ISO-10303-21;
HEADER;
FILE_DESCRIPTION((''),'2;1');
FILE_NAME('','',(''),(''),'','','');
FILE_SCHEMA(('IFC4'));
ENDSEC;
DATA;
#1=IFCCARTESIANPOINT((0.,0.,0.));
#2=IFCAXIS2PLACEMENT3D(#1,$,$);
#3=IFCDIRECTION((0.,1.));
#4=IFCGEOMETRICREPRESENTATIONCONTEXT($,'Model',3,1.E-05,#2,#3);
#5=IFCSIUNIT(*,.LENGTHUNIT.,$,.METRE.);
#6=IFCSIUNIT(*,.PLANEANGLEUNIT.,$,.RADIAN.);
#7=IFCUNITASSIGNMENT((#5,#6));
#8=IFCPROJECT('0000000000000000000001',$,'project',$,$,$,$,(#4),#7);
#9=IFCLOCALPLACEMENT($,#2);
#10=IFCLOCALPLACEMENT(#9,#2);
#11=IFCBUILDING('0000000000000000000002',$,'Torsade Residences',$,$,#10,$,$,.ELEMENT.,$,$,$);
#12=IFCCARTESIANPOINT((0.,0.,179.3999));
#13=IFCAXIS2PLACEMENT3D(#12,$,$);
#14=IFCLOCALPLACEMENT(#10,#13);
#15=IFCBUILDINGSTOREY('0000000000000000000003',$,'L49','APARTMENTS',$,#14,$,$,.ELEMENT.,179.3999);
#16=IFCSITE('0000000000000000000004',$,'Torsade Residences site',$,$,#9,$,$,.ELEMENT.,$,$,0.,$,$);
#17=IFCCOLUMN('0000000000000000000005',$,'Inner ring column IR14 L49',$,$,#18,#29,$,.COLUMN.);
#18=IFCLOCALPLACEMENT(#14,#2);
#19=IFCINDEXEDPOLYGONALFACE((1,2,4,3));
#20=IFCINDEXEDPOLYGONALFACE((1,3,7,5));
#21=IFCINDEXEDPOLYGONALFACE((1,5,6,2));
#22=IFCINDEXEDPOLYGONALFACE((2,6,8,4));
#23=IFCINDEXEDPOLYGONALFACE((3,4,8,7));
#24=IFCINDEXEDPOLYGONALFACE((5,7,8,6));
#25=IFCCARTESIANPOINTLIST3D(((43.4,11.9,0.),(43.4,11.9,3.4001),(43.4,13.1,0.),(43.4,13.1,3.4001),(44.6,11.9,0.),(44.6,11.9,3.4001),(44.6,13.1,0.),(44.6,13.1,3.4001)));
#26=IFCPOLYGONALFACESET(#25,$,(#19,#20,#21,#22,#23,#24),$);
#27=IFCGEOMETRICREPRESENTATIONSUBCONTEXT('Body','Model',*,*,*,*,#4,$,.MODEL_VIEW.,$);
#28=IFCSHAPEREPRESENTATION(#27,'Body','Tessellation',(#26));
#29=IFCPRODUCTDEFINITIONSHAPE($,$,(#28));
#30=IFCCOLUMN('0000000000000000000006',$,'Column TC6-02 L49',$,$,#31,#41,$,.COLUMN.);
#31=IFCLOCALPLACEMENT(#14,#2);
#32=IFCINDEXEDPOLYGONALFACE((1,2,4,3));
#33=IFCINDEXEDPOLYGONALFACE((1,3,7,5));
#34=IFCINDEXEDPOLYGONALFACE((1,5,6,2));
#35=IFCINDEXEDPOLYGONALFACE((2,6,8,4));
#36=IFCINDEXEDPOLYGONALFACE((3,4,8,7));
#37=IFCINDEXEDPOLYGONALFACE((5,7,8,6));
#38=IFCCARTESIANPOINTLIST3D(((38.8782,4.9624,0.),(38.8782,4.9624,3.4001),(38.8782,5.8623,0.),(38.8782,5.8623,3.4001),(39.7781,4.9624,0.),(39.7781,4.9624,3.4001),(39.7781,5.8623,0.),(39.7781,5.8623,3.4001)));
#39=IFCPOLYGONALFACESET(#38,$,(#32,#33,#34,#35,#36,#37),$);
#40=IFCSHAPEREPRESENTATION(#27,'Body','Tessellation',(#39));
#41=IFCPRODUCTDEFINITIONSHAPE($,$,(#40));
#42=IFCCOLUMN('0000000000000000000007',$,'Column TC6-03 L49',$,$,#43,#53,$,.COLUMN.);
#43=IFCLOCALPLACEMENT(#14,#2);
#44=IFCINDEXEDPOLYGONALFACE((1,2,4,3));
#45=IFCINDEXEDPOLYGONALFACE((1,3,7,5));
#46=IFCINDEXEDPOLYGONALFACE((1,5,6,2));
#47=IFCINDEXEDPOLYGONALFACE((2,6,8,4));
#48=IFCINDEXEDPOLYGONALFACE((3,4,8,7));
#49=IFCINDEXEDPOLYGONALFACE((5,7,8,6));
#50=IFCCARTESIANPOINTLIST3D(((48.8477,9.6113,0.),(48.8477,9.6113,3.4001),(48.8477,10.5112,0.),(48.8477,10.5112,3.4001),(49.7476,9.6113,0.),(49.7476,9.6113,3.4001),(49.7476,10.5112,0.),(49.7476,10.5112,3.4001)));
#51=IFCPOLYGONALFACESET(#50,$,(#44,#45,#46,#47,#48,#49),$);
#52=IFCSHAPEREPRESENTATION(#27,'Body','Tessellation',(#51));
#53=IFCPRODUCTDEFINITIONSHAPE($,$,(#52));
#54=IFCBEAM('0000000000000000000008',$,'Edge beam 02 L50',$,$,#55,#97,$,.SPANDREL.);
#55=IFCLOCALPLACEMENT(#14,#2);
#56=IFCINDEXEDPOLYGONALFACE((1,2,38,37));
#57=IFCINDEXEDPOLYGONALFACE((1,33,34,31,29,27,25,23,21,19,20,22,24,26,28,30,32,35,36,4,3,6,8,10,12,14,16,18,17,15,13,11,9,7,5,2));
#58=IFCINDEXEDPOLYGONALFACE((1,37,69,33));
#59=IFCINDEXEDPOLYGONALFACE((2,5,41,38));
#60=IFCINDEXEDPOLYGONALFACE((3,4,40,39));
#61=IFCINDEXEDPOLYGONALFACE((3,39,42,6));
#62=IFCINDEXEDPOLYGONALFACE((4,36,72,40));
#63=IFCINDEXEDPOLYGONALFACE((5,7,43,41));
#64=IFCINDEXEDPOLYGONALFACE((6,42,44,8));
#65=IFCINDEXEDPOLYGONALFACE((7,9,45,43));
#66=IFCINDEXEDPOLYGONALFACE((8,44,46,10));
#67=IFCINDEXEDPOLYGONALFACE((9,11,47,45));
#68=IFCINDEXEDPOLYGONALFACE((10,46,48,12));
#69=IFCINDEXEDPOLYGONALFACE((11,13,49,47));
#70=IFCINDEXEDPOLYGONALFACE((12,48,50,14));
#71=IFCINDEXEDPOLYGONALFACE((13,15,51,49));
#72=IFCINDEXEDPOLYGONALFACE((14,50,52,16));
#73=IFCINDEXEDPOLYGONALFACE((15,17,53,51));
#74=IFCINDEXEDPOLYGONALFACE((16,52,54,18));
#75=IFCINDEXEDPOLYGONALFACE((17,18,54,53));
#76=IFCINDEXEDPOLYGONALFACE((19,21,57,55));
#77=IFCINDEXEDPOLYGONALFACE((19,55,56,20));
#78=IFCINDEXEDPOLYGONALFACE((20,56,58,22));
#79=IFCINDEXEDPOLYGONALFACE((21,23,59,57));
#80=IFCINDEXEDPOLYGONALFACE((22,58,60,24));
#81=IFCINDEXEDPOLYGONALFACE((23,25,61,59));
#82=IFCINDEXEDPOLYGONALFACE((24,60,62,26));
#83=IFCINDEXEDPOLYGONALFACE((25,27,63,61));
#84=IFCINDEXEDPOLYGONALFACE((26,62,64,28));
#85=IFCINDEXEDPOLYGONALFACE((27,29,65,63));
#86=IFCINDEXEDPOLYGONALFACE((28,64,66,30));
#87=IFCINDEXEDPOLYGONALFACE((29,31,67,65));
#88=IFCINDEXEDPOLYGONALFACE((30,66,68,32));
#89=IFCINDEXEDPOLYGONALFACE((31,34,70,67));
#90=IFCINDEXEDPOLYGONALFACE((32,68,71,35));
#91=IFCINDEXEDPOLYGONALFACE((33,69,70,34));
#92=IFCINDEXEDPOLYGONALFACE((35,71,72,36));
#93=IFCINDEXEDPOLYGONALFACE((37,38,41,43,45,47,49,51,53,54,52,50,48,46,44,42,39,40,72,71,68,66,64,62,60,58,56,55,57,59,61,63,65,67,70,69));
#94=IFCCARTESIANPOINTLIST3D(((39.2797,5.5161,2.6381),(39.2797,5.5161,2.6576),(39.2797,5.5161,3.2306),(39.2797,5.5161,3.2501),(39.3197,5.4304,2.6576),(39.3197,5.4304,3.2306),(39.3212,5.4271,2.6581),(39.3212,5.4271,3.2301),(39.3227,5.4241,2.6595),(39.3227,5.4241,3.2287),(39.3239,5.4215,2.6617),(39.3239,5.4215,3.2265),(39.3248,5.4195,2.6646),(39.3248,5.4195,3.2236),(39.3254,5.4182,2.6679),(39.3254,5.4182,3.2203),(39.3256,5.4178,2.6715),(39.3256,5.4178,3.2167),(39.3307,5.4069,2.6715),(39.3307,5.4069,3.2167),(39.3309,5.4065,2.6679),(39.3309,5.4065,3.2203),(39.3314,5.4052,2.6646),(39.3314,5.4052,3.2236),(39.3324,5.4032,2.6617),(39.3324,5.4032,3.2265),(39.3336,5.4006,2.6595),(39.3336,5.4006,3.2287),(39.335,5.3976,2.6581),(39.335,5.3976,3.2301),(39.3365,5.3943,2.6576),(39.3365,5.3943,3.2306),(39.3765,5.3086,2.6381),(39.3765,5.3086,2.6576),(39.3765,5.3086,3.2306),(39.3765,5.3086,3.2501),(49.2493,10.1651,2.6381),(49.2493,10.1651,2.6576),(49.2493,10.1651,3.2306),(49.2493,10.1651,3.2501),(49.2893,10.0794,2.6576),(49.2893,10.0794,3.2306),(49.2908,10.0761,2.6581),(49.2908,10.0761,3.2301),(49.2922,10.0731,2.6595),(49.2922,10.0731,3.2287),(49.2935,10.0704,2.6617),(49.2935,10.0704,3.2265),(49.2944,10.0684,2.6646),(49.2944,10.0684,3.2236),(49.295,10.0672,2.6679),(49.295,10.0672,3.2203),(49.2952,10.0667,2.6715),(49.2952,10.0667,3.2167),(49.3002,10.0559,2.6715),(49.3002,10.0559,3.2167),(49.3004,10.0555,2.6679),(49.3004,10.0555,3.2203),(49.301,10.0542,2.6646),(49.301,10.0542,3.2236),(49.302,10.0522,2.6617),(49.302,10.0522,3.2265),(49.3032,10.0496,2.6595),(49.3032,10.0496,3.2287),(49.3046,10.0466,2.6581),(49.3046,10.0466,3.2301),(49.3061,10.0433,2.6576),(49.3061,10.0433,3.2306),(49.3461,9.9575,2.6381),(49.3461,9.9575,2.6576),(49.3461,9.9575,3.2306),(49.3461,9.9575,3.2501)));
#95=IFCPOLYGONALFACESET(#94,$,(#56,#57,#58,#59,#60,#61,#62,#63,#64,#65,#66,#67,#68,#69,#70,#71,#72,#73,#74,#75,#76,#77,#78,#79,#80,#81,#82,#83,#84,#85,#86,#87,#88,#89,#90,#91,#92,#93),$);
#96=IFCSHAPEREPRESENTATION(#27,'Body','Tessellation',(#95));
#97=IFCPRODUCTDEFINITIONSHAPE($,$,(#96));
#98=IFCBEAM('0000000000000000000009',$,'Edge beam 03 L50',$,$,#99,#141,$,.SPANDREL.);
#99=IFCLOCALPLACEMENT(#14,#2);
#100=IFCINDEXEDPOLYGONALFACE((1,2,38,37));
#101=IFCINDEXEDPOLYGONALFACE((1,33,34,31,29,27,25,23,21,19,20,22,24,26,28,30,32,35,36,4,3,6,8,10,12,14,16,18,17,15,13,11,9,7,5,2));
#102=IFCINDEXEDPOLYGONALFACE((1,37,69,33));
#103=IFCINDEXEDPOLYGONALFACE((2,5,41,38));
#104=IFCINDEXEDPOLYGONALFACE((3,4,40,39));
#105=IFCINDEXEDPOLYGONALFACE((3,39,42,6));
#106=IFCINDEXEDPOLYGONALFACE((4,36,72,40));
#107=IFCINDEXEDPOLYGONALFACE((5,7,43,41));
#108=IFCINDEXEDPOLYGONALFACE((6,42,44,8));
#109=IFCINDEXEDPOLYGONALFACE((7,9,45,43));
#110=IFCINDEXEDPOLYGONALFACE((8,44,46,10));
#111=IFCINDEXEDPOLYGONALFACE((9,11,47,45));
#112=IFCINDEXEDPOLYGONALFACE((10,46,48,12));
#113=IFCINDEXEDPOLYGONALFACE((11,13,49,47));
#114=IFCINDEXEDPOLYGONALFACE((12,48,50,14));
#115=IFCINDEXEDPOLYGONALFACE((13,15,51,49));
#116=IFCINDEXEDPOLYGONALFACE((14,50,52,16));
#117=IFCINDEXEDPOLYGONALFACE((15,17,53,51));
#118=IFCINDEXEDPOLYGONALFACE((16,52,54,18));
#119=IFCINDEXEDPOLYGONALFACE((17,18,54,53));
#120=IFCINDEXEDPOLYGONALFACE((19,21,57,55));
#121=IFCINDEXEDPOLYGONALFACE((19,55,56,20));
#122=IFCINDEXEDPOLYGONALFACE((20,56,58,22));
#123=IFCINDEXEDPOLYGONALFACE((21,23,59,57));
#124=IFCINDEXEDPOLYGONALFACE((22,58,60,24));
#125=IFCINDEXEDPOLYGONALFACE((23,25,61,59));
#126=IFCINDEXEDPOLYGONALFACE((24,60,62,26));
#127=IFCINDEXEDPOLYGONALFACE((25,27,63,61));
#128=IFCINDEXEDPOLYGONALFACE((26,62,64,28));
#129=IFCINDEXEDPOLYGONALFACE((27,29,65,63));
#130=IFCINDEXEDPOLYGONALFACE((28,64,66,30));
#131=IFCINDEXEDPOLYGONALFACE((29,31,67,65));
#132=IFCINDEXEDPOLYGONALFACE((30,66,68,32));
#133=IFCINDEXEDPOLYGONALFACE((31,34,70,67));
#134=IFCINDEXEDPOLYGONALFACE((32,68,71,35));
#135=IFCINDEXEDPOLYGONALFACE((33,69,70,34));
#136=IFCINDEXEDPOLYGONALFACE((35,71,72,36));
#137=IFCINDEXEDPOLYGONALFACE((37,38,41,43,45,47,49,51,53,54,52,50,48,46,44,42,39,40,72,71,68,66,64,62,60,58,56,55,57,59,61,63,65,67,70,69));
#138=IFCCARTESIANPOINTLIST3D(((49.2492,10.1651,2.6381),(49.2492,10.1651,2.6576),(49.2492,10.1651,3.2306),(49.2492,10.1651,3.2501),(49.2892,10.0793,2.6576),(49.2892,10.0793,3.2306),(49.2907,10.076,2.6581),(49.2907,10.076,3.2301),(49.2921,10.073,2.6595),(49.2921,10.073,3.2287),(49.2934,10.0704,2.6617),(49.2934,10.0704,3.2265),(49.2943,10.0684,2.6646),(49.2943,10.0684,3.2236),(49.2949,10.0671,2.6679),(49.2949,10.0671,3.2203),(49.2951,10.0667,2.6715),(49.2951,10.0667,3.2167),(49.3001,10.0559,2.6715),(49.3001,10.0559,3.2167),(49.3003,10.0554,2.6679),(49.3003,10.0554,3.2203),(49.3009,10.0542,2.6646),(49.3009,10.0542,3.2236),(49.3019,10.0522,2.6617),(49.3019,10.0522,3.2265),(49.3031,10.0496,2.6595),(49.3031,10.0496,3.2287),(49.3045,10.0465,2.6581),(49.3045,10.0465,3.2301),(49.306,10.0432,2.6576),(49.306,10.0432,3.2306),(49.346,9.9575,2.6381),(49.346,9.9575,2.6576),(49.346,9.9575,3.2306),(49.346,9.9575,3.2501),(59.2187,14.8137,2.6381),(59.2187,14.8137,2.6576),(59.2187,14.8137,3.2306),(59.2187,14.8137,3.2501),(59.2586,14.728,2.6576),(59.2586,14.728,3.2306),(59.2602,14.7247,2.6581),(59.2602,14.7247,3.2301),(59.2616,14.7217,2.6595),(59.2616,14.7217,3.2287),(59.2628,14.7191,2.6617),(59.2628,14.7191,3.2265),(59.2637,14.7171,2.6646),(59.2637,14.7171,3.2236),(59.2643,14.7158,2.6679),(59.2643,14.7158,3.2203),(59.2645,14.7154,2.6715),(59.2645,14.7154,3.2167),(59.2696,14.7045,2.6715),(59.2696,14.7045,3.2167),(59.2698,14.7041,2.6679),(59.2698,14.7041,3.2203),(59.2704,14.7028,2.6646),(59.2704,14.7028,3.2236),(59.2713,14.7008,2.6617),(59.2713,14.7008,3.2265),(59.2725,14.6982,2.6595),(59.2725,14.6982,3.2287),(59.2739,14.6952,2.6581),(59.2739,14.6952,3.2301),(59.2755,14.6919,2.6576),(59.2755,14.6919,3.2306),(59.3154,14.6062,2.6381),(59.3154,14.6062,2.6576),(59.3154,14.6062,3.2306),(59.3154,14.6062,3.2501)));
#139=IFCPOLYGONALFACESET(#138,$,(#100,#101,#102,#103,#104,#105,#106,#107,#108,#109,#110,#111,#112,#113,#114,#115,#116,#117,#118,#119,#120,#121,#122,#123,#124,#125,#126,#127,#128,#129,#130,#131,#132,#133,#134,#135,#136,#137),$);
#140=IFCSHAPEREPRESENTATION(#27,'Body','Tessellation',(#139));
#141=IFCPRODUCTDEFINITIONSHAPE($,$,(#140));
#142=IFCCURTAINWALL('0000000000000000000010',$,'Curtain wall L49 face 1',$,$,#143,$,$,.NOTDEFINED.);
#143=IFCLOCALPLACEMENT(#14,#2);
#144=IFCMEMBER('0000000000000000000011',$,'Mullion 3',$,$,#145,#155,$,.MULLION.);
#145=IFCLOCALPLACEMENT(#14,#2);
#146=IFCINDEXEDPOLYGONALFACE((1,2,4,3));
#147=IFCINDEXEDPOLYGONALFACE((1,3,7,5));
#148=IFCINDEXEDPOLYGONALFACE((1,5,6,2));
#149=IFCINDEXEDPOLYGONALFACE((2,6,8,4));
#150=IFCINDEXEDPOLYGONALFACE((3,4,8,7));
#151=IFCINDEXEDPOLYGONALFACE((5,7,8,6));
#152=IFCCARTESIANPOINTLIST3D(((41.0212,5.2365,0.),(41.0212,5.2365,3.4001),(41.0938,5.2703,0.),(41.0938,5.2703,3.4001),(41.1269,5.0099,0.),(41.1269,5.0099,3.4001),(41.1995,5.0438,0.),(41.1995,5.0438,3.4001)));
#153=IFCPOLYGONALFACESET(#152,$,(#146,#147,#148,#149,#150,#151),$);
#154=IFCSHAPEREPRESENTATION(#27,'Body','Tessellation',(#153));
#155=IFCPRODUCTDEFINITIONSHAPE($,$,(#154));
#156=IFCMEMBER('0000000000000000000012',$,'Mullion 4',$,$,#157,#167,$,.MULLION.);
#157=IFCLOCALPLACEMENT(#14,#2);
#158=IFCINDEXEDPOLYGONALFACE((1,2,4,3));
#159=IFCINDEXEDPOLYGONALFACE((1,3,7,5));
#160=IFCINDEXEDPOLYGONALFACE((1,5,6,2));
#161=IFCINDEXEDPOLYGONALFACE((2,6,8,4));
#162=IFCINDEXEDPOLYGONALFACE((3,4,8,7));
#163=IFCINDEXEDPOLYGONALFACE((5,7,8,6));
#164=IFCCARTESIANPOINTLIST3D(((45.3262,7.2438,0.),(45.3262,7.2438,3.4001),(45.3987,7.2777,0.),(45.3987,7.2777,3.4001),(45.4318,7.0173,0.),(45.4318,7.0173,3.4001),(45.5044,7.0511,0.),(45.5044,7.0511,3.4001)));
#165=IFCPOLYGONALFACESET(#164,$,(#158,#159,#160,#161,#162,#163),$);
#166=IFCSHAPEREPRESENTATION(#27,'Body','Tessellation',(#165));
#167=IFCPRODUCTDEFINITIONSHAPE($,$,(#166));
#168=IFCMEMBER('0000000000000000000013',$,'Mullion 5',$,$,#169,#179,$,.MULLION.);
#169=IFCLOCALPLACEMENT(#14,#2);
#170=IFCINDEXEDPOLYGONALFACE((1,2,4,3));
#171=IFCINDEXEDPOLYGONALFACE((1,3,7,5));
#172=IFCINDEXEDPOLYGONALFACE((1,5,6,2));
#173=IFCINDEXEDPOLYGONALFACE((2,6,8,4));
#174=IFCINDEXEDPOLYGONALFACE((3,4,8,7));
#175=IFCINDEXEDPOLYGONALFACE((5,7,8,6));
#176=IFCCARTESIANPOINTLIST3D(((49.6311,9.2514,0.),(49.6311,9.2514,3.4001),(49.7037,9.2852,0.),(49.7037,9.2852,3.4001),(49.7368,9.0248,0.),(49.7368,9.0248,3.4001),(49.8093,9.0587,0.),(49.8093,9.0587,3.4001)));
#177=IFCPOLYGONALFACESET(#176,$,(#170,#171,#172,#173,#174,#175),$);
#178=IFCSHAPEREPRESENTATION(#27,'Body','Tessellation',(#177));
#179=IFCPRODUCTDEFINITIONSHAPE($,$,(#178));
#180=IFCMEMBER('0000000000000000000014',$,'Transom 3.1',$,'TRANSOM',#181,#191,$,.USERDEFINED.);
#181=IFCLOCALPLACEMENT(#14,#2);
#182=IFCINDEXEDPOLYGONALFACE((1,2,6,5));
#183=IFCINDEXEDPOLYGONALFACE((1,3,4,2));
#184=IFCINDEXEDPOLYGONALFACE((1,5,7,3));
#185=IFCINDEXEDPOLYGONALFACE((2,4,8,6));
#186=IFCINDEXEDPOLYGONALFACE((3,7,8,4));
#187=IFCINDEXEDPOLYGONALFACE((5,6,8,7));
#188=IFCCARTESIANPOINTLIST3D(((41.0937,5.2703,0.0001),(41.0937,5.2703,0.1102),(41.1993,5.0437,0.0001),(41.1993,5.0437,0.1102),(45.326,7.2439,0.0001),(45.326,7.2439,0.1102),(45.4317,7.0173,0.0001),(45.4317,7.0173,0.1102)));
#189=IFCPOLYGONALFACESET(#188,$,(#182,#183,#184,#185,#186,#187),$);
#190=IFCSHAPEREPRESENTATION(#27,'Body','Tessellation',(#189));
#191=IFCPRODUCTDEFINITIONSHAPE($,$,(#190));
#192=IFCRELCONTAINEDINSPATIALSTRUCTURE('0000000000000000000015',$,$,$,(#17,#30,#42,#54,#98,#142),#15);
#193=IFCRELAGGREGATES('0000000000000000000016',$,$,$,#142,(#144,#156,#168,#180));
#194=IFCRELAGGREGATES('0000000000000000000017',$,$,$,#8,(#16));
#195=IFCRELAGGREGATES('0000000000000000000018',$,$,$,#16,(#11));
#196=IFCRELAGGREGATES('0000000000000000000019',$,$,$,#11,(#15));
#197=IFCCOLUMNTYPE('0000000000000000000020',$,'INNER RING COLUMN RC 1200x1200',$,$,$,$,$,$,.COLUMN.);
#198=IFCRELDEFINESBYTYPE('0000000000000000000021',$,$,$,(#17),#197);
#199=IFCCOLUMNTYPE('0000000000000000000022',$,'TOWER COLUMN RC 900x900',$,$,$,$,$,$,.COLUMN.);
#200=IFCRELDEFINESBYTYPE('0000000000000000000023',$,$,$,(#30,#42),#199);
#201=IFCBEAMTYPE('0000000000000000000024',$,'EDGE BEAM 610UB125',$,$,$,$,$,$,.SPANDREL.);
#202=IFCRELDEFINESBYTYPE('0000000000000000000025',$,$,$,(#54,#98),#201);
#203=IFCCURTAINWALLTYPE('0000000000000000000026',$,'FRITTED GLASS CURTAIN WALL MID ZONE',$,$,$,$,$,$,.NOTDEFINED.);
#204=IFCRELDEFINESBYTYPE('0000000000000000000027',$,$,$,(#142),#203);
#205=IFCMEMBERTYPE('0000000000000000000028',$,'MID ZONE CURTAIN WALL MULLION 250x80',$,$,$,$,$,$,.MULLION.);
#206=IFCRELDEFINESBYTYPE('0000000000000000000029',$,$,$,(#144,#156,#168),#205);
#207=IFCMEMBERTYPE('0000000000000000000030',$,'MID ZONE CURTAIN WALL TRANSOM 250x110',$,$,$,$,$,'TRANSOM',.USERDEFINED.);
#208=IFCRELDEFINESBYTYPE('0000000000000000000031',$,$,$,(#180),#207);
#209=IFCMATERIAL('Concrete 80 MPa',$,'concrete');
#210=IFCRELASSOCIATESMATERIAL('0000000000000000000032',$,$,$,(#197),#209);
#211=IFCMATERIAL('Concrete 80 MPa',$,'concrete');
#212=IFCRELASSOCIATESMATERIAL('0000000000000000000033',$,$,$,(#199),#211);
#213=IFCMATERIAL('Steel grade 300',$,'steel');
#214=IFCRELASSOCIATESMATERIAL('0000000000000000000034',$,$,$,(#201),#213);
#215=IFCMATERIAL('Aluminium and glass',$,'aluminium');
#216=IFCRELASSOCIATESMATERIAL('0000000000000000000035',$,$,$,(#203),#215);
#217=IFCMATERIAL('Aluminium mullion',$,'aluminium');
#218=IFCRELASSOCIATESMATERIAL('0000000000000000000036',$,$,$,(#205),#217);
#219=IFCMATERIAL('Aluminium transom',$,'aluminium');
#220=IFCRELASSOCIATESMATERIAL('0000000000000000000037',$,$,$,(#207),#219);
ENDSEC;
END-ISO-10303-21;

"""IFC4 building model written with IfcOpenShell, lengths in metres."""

from ifc_helpers import new_model, si_unit, direction, frame, origin, origin_2d, place, context, subcontext, project, spatial, rectangle, i_section, extrude, material, material_profile, profile_set, type_object, element, aggregate, save


model = new_model("IFC4")

# Units and contexts
model_context = context("Model", 3, precision=1e-05, world=origin(), true_north=direction((0.0, 1.0)))
body_context = subcontext(model_context, "Body", "Model", "MODEL_VIEW")
ifc_project = project(units=[si_unit("LENGTHUNIT", "METRE"), si_unit("PLANEANGLEUNIT", "RADIAN")], contexts=[model_context])

# Site, building, storey
site_placement = place(None, origin())
site = spatial("IfcSite", under=ifc_project, at=site_placement, Name="Torsade Residences site", CompositionType="ELEMENT", RefElevation=0.0)
building_placement = place(site_placement, origin())
building = spatial("IfcBuilding", under=site, at=building_placement, Name="Torsade Residences", CompositionType="ELEMENT")
storey_placement = place(building_placement, frame((0.0, 0.0, 179.3999)))
storey = spatial("IfcBuildingStorey", under=building, at=storey_placement, Name="L49", Description="APARTMENTS", CompositionType="ELEMENT", Elevation=179.3999)

# Columns
ifc_material_1 = material(Name="Concrete 80 MPa", Category="concrete")
ifc_material_profile_1 = material_profile(ifc_material_1, rectangle(XDim=1.2, YDim=1.2, at=origin_2d()), Name="RC 1200x1200")
ifc_profile_set_1 = profile_set([ifc_material_profile_1], Name="Concrete 80 MPa")
column_type_1 = type_object("IfcColumnType", Name="INNER RING COLUMN RC 1200x1200", PredefinedType="COLUMN", material=ifc_profile_set_1)
column_placement = place(storey_placement, frame((44.0, 12.5, 0.0), z_axis=(0.0, 0.0, 1.0), x_axis=(1.0, 0.0, 0.0)))
element("IfcColumn", 1, at=column_placement, inside=storey, type_object=column_type_1, Name="Inner ring column IR14 L49", PredefinedType="COLUMN", context=body_context, shape_type="SweptSolid", body=[
    extrude(rectangle(XDim=1.2, YDim=1.2, at=origin_2d()), origin(), (0.0, 0.0, 1.0), 3.4001),
])
ifc_material_2 = material(Name="Concrete 80 MPa", Category="concrete")
ifc_material_profile_2 = material_profile(ifc_material_2, rectangle(XDim=0.8999, YDim=0.8999, at=origin_2d()), Name="RC 900x900")
ifc_profile_set_2 = profile_set([ifc_material_profile_2], Name="Concrete 80 MPa")
column_type_2 = type_object("IfcColumnType", Name="TOWER COLUMN RC 900x900", PredefinedType="COLUMN", material=ifc_profile_set_2)
for number, where, z_axis, x_axis, name in (
    (2, (39.3281, 5.4124, 0.0), (0.0, 0.0, 1.0), (1.0, 0.0, 0.0), "Column TC6-02 L49"),
    (3, (49.2976, 10.0613, 0.0), (0.0, 0.0, 1.0), (1.0, 0.0, 0.0), "Column TC6-03 L49"),
):
    element("IfcColumn", number, at=place(storey_placement, frame(where, z_axis=z_axis, x_axis=x_axis)), inside=storey, type_object=column_type_2, Name=name, PredefinedType="COLUMN", context=body_context, shape_type="SweptSolid", body=[
        extrude(rectangle(XDim=0.8999, YDim=0.8999, at=origin_2d()), origin(), (0.0, 0.0, 1.0), 3.4001),
    ])

# Beams
ifc_material_3 = material(Name="Steel grade 300", Category="steel")
ifc_material_profile_3 = material_profile(ifc_material_3, i_section(OverallWidth=0.229, OverallDepth=0.6121, WebThickness=0.012, FlangeThickness=0.0195, FilletRadius=0.0139, at=origin_2d()), Name="610UB125")
ifc_profile_set_3 = profile_set([ifc_material_profile_3], Name="Steel grade 300")
beam_type_1 = type_object("IfcBeamType", Name="EDGE BEAM 610UB125", PredefinedType="SPANDREL", material=ifc_profile_set_3)
beam_1_placement = place(storey_placement, frame((39.3281, 5.4124, 2.9441), z_axis=(0.906305, 0.422624, 0.0), x_axis=(-0.422624, 0.906305, 0.0)))
element("IfcBeam", 4, at=beam_1_placement, inside=storey, type_object=beam_type_1, Name="Edge beam 02 L50", PredefinedType="SPANDREL", context=body_context, shape_type="SweptSolid", body=[
    extrude(i_section(OverallWidth=0.229, OverallDepth=0.6121, WebThickness=0.012, FlangeThickness=0.0195, FilletRadius=0.0139, at=origin_2d()), origin(), (0.0, 0.0, 1.0), 11.0002),
])
beam_2_placement = place(storey_placement, frame((49.2976, 10.0613, 2.9441), z_axis=(0.906314, 0.422606, 0.0), x_axis=(-0.422606, 0.906314, 0.0)))
element("IfcBeam", 5, at=beam_2_placement, inside=storey, type_object=beam_type_1, Name="Edge beam 03 L50", PredefinedType="SPANDREL", context=body_context, shape_type="SweptSolid", body=[
    extrude(i_section(OverallWidth=0.229, OverallDepth=0.6121, WebThickness=0.012, FlangeThickness=0.0195, FilletRadius=0.0139, at=origin_2d()), origin(), (0.0, 0.0, 1.0), 11.0),
])

# Curtain wall, members
ifc_material_4 = material(Name="Aluminium and glass", Category="aluminium")
curtain_wall_type = type_object("IfcCurtainWallType", Name="FRITTED GLASS CURTAIN WALL MID ZONE", PredefinedType="NOTDEFINED", material=ifc_material_4)
curtain_wall_placement = place(storey_placement, origin())
curtain_wall = element("IfcCurtainWall", 6, at=curtain_wall_placement, inside=storey, type_object=curtain_wall_type, Name="Curtain wall L49 face 1", PredefinedType="NOTDEFINED")
ifc_material_5 = material(Name="Aluminium mullion", Category="aluminium")
ifc_material_profile_4 = material_profile(ifc_material_5, rectangle(XDim=0.25, YDim=0.0801, at=origin_2d()), Name="MID ZONE CURTAIN WALL MULLION 250x80")
ifc_profile_set_4 = profile_set([ifc_material_profile_4], Name="Aluminium mullion")
member_type_1 = type_object("IfcMemberType", Name="MID ZONE CURTAIN WALL MULLION 250x80", PredefinedType="MULLION", material=ifc_profile_set_4)
member_1_placement = place(storey_placement, frame((41.1104, 5.1401, 0.0), z_axis=(0.0, 0.0, 1.0), x_axis=(-0.422618, 0.906308, 0.0)))
member_1 = element("IfcMember", 7, at=member_1_placement, type_object=member_type_1, Name="Mullion 3", PredefinedType="MULLION", context=body_context, shape_type="SweptSolid", body=[
    extrude(rectangle(XDim=0.25, YDim=0.0801, at=origin_2d()), origin(), (0.0, 0.0, 1.0), 3.4001),
])
member_2_placement = place(storey_placement, frame((45.4153, 7.1475, 0.0), z_axis=(0.0, 0.0, 1.0), x_axis=(-0.422618, 0.906308, 0.0)))
member_2 = element("IfcMember", 8, at=member_2_placement, type_object=member_type_1, Name="Mullion 4", PredefinedType="MULLION", context=body_context, shape_type="SweptSolid", body=[
    extrude(rectangle(XDim=0.25, YDim=0.0801, at=origin_2d()), origin(), (0.0, 0.0, 1.0), 3.4001),
])
member_3_placement = place(storey_placement, frame((49.7202, 9.155, 0.0), z_axis=(0.0, 0.0, 1.0), x_axis=(-0.422618, 0.906308, 0.0)))
member_3 = element("IfcMember", 9, at=member_3_placement, type_object=member_type_1, Name="Mullion 5", PredefinedType="MULLION", context=body_context, shape_type="SweptSolid", body=[
    extrude(rectangle(XDim=0.25, YDim=0.0801, at=origin_2d()), origin(), (0.0, 0.0, 1.0), 3.4001),
])
ifc_material_6 = material(Name="Aluminium transom", Category="aluminium")
ifc_material_profile_5 = material_profile(ifc_material_6, rectangle(XDim=0.25, YDim=0.1101, at=origin_2d()), Name="MID ZONE CURTAIN WALL TRANSOM 250x110")
ifc_profile_set_5 = profile_set([ifc_material_profile_5], Name="Aluminium transom")
member_type_2 = type_object("IfcMemberType", Name="MID ZONE CURTAIN WALL TRANSOM 250x110", ElementType="TRANSOM", PredefinedType="USERDEFINED", material=ifc_profile_set_5)
member_4_placement = place(storey_placement, frame((41.1465, 5.157, 0.0552), z_axis=(0.906306, 0.422622, 0.0), x_axis=(-0.422622, 0.906306, 0.0)))
member_4 = element("IfcMember", 10, at=member_4_placement, type_object=member_type_2, Name="Transom 3.1", ObjectType="TRANSOM", PredefinedType="USERDEFINED", context=body_context, shape_type="SweptSolid", body=[
    extrude(rectangle(XDim=0.25, YDim=0.1101, at=origin_2d()), origin(), (0.0, 0.0, 1.0), 4.6699),
])

aggregate(curtain_wall, [member_1, member_2, member_3, member_4])

save(model, "model.ifc")
